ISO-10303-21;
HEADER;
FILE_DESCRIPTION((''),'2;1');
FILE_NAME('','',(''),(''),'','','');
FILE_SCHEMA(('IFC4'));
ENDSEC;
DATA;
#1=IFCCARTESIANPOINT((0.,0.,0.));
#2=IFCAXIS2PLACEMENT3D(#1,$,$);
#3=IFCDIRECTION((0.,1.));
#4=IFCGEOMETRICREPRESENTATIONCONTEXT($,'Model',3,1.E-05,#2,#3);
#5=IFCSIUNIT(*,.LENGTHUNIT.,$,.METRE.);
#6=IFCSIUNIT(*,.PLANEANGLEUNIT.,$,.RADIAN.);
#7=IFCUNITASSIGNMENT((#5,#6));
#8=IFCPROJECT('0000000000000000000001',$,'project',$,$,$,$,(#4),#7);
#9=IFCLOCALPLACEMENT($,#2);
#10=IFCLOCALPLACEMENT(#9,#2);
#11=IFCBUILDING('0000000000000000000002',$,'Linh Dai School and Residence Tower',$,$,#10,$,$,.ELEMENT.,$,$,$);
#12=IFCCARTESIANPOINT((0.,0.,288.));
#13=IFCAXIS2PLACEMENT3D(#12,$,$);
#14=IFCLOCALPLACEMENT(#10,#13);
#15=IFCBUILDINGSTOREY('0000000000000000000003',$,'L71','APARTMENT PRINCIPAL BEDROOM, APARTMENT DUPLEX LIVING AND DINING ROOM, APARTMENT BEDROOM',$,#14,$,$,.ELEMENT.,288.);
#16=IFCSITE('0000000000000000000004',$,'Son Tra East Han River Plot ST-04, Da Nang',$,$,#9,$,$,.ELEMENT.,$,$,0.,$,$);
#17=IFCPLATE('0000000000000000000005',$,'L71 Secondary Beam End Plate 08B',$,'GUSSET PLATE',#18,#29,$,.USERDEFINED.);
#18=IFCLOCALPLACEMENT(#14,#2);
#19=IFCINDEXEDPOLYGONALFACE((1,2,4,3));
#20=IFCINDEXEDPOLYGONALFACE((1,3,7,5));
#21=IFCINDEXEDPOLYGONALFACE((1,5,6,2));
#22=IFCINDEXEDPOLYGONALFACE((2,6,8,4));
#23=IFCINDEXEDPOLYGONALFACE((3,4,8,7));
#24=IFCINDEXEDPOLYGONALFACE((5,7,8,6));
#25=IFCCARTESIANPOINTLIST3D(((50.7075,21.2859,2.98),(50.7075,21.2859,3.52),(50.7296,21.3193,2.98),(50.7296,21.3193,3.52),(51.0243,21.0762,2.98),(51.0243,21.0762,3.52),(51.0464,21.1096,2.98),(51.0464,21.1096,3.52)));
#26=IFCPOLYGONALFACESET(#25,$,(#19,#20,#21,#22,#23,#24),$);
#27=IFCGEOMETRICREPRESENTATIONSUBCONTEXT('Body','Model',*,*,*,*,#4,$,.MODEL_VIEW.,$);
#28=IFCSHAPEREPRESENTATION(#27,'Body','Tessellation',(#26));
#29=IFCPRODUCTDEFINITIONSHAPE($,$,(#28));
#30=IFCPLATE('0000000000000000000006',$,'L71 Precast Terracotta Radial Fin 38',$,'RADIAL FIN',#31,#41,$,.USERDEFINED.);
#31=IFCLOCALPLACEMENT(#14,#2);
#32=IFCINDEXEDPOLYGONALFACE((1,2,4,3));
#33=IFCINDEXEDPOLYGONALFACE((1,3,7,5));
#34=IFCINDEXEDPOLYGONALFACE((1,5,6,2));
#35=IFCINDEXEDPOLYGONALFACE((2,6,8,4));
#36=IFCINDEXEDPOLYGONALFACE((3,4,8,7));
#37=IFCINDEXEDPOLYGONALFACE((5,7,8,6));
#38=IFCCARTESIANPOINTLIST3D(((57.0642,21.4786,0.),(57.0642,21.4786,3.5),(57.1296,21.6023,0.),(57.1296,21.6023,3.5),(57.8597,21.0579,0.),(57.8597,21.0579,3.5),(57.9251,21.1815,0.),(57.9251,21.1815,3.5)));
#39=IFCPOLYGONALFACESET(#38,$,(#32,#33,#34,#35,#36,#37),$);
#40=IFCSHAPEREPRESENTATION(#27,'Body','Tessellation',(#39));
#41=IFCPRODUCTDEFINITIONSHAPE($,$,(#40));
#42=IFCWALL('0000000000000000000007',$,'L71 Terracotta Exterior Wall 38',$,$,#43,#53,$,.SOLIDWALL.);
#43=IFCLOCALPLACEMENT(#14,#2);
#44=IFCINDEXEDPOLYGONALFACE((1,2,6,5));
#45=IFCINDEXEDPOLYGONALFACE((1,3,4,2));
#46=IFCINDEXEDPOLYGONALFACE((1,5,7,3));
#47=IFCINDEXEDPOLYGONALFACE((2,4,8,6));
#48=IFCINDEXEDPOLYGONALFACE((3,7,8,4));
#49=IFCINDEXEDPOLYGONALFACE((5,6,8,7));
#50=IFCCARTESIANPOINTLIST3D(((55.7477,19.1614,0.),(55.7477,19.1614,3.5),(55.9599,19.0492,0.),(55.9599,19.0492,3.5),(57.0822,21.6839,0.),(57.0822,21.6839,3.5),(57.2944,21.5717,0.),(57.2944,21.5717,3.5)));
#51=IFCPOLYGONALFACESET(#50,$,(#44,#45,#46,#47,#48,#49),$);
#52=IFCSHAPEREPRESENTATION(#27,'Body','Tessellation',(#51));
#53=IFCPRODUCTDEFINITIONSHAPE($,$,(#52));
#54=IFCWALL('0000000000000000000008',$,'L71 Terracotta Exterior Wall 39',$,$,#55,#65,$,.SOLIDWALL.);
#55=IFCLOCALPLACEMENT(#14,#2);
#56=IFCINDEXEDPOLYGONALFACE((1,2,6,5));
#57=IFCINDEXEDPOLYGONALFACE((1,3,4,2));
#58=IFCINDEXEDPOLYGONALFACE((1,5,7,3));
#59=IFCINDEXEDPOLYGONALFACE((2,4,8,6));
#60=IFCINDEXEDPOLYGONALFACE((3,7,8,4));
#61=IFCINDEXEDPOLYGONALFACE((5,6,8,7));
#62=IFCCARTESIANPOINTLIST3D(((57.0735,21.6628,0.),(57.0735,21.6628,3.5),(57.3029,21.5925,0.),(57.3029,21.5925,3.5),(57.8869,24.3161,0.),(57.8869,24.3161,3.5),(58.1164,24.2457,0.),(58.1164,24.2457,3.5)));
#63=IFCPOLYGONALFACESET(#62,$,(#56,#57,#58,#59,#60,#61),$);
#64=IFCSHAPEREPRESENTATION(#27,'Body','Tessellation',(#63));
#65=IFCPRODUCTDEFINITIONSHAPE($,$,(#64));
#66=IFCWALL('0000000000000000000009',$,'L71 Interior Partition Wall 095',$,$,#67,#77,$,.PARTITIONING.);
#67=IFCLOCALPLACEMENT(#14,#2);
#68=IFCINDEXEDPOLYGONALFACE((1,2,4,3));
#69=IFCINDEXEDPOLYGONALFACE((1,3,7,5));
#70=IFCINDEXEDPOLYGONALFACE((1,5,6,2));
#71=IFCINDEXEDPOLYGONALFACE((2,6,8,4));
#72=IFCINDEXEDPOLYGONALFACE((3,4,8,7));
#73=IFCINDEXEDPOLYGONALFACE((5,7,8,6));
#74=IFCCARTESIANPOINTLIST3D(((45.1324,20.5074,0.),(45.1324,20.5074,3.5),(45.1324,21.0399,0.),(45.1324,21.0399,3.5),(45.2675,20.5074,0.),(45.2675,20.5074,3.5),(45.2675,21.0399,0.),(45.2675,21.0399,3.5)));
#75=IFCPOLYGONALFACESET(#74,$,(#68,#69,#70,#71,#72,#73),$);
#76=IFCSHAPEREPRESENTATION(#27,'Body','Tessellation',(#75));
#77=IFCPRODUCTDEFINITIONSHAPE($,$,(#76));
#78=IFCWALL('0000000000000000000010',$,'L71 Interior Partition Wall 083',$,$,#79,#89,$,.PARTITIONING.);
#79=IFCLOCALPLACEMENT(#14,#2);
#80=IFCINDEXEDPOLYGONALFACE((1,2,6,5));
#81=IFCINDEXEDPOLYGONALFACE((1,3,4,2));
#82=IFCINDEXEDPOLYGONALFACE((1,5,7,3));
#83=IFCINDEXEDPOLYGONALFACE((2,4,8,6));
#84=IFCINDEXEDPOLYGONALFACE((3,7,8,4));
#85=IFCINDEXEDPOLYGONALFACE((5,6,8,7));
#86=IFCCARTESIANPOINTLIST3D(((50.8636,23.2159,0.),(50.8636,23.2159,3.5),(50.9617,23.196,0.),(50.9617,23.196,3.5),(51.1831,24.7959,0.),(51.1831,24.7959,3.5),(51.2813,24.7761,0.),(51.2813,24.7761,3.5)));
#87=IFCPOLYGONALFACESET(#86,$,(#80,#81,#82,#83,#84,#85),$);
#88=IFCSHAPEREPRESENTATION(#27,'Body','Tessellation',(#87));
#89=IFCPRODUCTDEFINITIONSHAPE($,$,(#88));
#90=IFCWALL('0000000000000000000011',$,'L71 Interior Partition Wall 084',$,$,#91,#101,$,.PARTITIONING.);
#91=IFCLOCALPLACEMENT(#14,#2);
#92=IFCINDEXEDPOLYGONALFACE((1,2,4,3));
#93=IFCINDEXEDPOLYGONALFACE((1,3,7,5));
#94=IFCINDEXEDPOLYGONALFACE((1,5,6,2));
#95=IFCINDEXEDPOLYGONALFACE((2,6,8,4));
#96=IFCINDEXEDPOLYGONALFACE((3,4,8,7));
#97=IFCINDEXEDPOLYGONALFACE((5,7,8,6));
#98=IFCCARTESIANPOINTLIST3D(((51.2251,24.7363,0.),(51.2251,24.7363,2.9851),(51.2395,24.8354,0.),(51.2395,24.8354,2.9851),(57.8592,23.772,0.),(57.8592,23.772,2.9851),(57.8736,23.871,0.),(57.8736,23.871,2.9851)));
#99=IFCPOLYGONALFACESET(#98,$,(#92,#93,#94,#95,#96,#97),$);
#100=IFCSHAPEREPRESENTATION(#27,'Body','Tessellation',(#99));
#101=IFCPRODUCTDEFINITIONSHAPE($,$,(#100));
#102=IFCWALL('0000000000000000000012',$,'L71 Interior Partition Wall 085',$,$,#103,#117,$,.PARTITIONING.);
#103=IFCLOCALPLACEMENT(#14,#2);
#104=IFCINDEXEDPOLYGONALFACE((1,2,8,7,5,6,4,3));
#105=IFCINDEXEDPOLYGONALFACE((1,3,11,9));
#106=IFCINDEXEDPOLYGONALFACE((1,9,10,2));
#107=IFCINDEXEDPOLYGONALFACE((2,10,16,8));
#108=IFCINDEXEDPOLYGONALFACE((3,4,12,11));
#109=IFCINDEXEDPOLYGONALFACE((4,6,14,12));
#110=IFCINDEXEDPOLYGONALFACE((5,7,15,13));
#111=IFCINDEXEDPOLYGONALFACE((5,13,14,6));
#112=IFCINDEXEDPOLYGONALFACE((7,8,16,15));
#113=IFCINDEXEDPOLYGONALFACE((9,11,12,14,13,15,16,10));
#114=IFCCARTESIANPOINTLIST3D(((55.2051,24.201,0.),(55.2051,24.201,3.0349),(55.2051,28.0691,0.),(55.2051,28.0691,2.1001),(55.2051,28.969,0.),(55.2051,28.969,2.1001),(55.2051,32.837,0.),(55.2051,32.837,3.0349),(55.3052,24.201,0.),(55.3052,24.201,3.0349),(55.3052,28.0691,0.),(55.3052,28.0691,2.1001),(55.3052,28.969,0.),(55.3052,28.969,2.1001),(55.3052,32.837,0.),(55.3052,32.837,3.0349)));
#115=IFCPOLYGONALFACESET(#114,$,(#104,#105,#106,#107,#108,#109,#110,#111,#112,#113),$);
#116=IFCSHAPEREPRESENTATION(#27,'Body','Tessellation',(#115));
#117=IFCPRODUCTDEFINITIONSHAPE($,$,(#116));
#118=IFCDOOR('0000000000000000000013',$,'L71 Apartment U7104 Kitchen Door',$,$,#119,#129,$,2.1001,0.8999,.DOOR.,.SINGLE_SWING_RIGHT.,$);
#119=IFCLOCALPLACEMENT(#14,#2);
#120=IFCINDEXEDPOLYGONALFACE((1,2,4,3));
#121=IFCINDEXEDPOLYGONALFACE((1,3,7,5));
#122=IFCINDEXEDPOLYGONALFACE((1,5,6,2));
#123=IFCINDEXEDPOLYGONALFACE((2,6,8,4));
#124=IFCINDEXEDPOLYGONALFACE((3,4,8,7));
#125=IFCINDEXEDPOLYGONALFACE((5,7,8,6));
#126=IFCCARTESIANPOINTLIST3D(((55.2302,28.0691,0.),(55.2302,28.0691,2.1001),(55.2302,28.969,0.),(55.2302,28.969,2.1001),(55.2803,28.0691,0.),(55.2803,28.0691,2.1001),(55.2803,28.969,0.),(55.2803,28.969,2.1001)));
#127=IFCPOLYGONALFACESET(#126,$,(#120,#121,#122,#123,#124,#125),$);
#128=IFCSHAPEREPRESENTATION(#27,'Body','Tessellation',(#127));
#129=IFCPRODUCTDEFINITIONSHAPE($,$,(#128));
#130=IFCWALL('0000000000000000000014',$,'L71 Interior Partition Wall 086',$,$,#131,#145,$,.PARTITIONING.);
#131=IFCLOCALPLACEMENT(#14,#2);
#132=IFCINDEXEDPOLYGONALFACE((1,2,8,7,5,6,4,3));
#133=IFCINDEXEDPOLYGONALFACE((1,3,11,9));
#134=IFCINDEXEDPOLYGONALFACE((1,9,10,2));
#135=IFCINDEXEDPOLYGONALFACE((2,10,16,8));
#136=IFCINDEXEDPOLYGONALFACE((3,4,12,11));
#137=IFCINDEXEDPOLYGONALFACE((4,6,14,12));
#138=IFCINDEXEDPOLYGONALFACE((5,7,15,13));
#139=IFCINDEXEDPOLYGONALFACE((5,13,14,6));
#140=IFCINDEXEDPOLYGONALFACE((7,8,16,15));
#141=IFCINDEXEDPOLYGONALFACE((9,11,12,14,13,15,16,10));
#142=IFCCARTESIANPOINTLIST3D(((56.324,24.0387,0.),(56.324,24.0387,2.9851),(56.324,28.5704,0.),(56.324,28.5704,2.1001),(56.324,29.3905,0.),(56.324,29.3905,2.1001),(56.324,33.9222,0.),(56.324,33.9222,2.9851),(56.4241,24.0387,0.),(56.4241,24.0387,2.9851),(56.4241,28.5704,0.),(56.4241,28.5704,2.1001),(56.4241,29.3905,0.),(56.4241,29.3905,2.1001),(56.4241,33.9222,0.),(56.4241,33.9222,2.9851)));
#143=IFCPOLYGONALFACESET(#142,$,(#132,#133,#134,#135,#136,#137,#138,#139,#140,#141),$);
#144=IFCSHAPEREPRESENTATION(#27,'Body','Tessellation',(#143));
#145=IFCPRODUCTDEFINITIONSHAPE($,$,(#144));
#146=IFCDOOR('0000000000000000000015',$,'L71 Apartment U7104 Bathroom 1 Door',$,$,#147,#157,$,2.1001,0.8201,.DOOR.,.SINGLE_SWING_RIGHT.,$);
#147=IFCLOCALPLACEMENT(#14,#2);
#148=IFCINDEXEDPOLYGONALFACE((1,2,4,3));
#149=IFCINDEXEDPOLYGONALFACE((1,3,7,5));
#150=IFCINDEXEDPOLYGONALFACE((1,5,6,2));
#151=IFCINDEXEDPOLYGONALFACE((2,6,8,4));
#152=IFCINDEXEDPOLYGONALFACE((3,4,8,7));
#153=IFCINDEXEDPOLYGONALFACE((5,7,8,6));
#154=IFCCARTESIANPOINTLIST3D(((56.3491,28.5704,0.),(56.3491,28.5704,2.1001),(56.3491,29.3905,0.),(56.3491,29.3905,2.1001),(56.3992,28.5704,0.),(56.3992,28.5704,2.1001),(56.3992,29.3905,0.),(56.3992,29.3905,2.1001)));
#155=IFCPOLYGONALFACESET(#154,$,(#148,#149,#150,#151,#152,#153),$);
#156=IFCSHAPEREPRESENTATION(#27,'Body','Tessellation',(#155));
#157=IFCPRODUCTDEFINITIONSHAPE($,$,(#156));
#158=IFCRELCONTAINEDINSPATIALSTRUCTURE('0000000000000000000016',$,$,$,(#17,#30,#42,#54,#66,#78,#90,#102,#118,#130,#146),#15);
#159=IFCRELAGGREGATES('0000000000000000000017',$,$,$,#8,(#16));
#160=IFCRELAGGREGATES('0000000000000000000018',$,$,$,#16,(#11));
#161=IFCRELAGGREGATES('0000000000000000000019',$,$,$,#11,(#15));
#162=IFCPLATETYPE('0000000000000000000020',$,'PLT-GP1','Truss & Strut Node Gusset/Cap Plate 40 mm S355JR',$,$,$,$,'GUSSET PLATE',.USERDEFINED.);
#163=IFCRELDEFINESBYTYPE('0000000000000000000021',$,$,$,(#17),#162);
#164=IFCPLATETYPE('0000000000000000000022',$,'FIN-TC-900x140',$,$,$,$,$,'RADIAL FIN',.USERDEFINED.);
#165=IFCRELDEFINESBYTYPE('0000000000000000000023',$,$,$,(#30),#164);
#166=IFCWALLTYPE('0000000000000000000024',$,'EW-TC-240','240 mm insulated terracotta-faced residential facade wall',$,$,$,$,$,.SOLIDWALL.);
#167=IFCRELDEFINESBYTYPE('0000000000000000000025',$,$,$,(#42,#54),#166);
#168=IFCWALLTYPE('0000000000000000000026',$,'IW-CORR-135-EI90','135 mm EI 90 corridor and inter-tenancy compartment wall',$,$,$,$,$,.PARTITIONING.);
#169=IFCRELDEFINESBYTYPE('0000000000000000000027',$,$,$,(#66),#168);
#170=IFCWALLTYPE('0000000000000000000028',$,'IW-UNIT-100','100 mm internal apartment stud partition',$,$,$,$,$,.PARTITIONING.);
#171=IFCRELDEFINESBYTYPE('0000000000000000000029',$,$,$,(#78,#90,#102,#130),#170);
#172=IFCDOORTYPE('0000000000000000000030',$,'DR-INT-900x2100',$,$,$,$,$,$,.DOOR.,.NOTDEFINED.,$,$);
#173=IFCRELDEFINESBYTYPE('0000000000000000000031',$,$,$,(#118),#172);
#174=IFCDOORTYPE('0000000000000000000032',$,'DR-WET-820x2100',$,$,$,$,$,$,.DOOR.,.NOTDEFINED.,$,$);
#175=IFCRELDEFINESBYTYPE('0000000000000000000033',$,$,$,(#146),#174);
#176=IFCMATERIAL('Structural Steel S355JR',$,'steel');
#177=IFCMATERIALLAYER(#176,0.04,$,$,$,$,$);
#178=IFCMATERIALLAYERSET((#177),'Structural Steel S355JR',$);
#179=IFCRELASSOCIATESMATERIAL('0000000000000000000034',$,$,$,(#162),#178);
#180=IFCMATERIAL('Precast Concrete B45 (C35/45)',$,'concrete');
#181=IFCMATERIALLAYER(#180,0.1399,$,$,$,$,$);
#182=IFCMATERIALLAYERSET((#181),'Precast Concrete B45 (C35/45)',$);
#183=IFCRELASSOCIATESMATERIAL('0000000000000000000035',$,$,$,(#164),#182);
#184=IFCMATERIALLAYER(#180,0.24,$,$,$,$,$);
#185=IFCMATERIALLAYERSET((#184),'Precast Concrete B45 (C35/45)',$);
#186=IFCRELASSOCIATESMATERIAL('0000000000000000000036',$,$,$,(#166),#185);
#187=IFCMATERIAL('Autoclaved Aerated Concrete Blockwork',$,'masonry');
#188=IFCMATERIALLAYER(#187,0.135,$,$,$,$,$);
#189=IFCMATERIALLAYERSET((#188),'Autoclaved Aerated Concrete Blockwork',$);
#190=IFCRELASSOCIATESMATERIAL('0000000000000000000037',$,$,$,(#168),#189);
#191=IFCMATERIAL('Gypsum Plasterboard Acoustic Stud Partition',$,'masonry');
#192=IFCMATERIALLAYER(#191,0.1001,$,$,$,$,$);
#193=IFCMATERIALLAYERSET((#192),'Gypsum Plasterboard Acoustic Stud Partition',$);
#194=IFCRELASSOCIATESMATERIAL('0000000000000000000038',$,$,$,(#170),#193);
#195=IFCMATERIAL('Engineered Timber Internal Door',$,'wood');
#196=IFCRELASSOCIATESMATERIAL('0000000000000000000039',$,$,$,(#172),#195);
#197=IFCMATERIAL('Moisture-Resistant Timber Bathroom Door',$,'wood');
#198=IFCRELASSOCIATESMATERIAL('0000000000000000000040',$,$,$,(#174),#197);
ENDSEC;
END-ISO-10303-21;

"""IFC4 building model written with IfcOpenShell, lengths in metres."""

from ifc_helpers import new_model, si_unit, direction, frame, frame_2d, origin, origin_2d, place, context, subcontext, project, spatial, rectangle, extrude, source, transform, mapped, material, layer, layer_set, type_object, element, fill, save


model = new_model("IFC4")

# Units and contexts
model_context = context("Model", 3, precision=1e-05, world=origin(), true_north=direction((0.0, 1.0)))
body_context = subcontext(model_context, "Body", "Model", "MODEL_VIEW")
ifc_project = project(units=[si_unit("LENGTHUNIT", "METRE"), si_unit("PLANEANGLEUNIT", "RADIAN")], contexts=[model_context])

# Site, building, storey
site_placement = place(None, origin())
site = spatial("IfcSite", under=ifc_project, at=site_placement, Name="Son Tra East Han River Plot ST-04, Da Nang", CompositionType="ELEMENT", RefElevation=0.0)
building_placement = place(site_placement, origin())
building = spatial("IfcBuilding", under=site, at=building_placement, Name="Linh Dai School and Residence Tower", CompositionType="ELEMENT")
storey_placement = place(building_placement, frame((0.0, 0.0, 288.0)))
storey = spatial("IfcBuildingStorey", under=building, at=storey_placement, Name="L71", Description="APARTMENT PRINCIPAL BEDROOM, APARTMENT DUPLEX LIVING AND DINING ROOM, APARTMENT BEDROOM", CompositionType="ELEMENT", Elevation=288.0)

# Shared definitions
ifc_material_1 = material(Name="Structural Steel S355JR", Category="steel")

# Plates
ifc_layer_1 = layer(ifc_material_1, 0.04)
ifc_layer_set_1 = layer_set([ifc_layer_1], Name="Structural Steel S355JR")
plate_type_1 = type_object("IfcPlateType", Name="PLT-GP1", Description="Truss & Strut Node Gusset/Cap Plate 40 mm S355JR", ElementType="GUSSET PLATE", PredefinedType="USERDEFINED", material=ifc_layer_set_1)
shared_shape_1 = source(origin(), body_context, "Body", "SweptSolid", [
    extrude(rectangle(XDim=0.04, YDim=0.3799, at=origin_2d()), origin(), (0.0, 0.0, 1.0), 0.54),
])
plate_1_placement = place(storey_placement, frame((50.877, 21.1978, 2.98), z_axis=(0.0, 0.0, 1.0), x_axis=(0.552122, 0.833763, 0.0)))
element("IfcPlate", 1, at=plate_1_placement, inside=storey, type_object=plate_type_1, Name="L71 Secondary Beam End Plate 08B", ObjectType="GUSSET PLATE", PredefinedType="USERDEFINED", context=body_context, shape_type="MappedRepresentation", body=[
    mapped(shared_shape_1, transform((0.0, 0.0, 0.0), x_axis=(1.0, 0.0, 0.0), y_axis=(0.0, 1.0, 0.0), z_axis=(0.0, 0.0, 1.0), scale=1.0)),
])
ifc_material_2 = material(Name="Precast Concrete B45 (C35/45)", Category="concrete")
ifc_layer_2 = layer(ifc_material_2, 0.1399)
ifc_layer_set_2 = layer_set([ifc_layer_2], Name="Precast Concrete B45 (C35/45)")
plate_type_2 = type_object("IfcPlateType", Name="FIN-TC-900x140", ElementType="RADIAL FIN", PredefinedType="USERDEFINED", material=ifc_layer_set_2)
shared_shape_2 = source(origin(), body_context, "Body", "SweptSolid", [
    extrude(rectangle(XDim=0.8999, YDim=0.1399, at=origin_2d()), origin(), (0.0, 0.0, 1.0), 3.5),
])
plate_2_placement = place(storey_placement, frame((57.4946, 21.3301, 0.0), z_axis=(0.0, 0.0, 1.0), x_axis=(0.883938, -0.467604, 0.0)))
element("IfcPlate", 2, at=plate_2_placement, inside=storey, type_object=plate_type_2, Name="L71 Precast Terracotta Radial Fin 38", ObjectType="RADIAL FIN", PredefinedType="USERDEFINED", context=body_context, shape_type="MappedRepresentation", body=[
    mapped(shared_shape_2, transform((0.0, 0.0, 0.0), x_axis=(1.0, 0.0, 0.0), y_axis=(0.0, 1.0, 0.0), z_axis=(0.0, 0.0, 1.0), scale=1.0)),
])

# Walls
ifc_layer_3 = layer(ifc_material_2, 0.24)
ifc_layer_set_3 = layer_set([ifc_layer_3], Name="Precast Concrete B45 (C35/45)")
wall_type_1 = type_object("IfcWallType", Name="EW-TC-240", Description="240 mm insulated terracotta-faced residential facade wall", PredefinedType="SOLIDWALL", material=ifc_layer_set_3)
wall_1_placement = place(storey_placement, frame((57.1882, 21.6277, 0.0), z_axis=(0.0, 0.0, 1.0), x_axis=(-0.467628, -0.883925, 0.0)))
element("IfcWall", 3, at=wall_1_placement, inside=storey, type_object=wall_type_1, Name="L71 Terracotta Exterior Wall 38", PredefinedType="SOLIDWALL", context=body_context, shape_type="SweptSolid", body=[
    extrude(rectangle(XDim=2.8538, YDim=0.24, at=frame_2d((1.4268, 0.0))), origin(), (0.0, 0.0, 1.0), 3.5),
])
wall_2_placement = place(storey_placement, frame((58.0017, 24.281, 0.0), z_axis=(0.0, 0.0, 1.0), x_axis=(-0.293121, -0.956075, 0.0)))
element("IfcWall", 4, at=wall_2_placement, inside=storey, type_object=wall_type_1, Name="L71 Terracotta Exterior Wall 39", PredefinedType="SOLIDWALL", context=body_context, shape_type="SweptSolid", body=[
    extrude(rectangle(XDim=2.7751, YDim=0.24, at=frame_2d((1.3877, 0.0))), origin(), (0.0, 0.0, 1.0), 3.5),
])
ifc_material_3 = material(Name="Autoclaved Aerated Concrete Blockwork", Category="masonry")
ifc_layer_4 = layer(ifc_material_3, 0.135)
ifc_layer_set_4 = layer_set([ifc_layer_4], Name="Autoclaved Aerated Concrete Blockwork")
wall_type_2 = type_object("IfcWallType", Name="IW-CORR-135-EI90", Description="135 mm EI 90 corridor and inter-tenancy compartment wall", PredefinedType="PARTITIONING", material=ifc_layer_set_4)
wall_3_placement = place(storey_placement, frame((45.2, 20.5076, 0.0), z_axis=(0.0, 0.0, 1.0), x_axis=(0.0, 1.0, 0.0)))
element("IfcWall", 5, at=wall_3_placement, inside=storey, type_object=wall_type_2, Name="L71 Interior Partition Wall 095", PredefinedType="PARTITIONING", context=body_context, shape_type="SweptSolid", body=[
    extrude(rectangle(XDim=0.5325, YDim=0.135, at=frame_2d((0.2661, 0.0))), origin(), (0.0, 0.0, 1.0), 3.5),
])
ifc_material_4 = material(Name="Gypsum Plasterboard Acoustic Stud Partition", Category="masonry")
ifc_layer_5 = layer(ifc_material_4, 0.1001)
ifc_layer_set_5 = layer_set([ifc_layer_5], Name="Gypsum Plasterboard Acoustic Stud Partition")
wall_type_3 = type_object("IfcWallType", Name="IW-UNIT-100", Description="100 mm internal apartment stud partition", PredefinedType="PARTITIONING", material=ifc_layer_set_5)
wall_4_placement = place(storey_placement, frame((50.9126, 23.2058, 0.0), z_axis=(0.0, 0.0, 1.0), x_axis=(0.198242, 0.980153, 0.0)))
element("IfcWall", 6, at=wall_4_placement, inside=storey, type_object=wall_type_3, Name="L71 Interior Partition Wall 083", PredefinedType="PARTITIONING", context=body_context, shape_type="SweptSolid", body=[
    extrude(rectangle(XDim=1.6121, YDim=0.1001, at=frame_2d((0.8062, 0.0))), origin(), (0.0, 0.0, 1.0), 3.5),
])
wall_5_placement = place(storey_placement, frame((51.2322, 24.7859, 0.0), z_axis=(0.0, 0.0, 1.0), x_axis=(0.989599, -0.143853, 0.0)))
element("IfcWall", 7, at=wall_5_placement, inside=storey, type_object=wall_type_3, Name="L71 Interior Partition Wall 084", PredefinedType="PARTITIONING", context=body_context, shape_type="SweptSolid", body=[
    extrude(rectangle(XDim=6.7039, YDim=0.1001, at=frame_2d((3.3521, 0.0))), origin(), (0.0, 0.0, 1.0), 2.9851),
])

# Walls, openings, doors
wall_6_placement = place(storey_placement, frame((55.2551, 24.2012, 0.0), z_axis=(0.0, 0.0, 1.0), x_axis=(0.0, 1.0, 0.0)))
wall_6 = element("IfcWall", 8, at=wall_6_placement, inside=storey, type_object=wall_type_3, Name="L71 Interior Partition Wall 085", PredefinedType="PARTITIONING", context=body_context, shape_type="SweptSolid", body=[
    extrude(rectangle(XDim=8.636, YDim=0.1001, at=frame_2d((4.3179, 0.0))), origin(), (0.0, 0.0, 1.0), 3.0349),
])
opening_1_placement = place(wall_6_placement, frame((3.8679, 0.0, 0.0)))
opening_1 = element("IfcOpeningElement", 9, at=opening_1_placement, cuts=wall_6, PredefinedType="OPENING", context=body_context, shape_type="SweptSolid", body=[
    extrude(rectangle(XDim=0.8999, YDim=2.1001, at=origin_2d()), frame((0.45, 0.0601, 1.05), z_axis=(0.0, -1.0, 0.0), x_axis=(1.0, 0.0, 0.0)), (0.0, 0.0, 1.0), 0.1201),
])
ifc_material_5 = material(Name="Engineered Timber Internal Door", Category="wood")
door_type_1 = type_object("IfcDoorType", Name="DR-INT-900x2100", OperationType="NOTDEFINED", PredefinedType="DOOR", material=ifc_material_5)
shared_shape_3 = source(origin(), body_context, "Body", "SweptSolid", [
    extrude(rectangle(XDim=0.8999, YDim=2.1001, at=origin_2d()), frame((0.45, 0.0249, 1.05), z_axis=(0.0, -1.0, 0.0), x_axis=(1.0, 0.0, 0.0)), (0.0, 0.0, 1.0), 0.05),
])
door_1_placement = place(opening_1_placement, origin())
door_1 = element("IfcDoor", 10, at=door_1_placement, inside=storey, type_object=door_type_1, Name="L71 Apartment U7104 Kitchen Door", OperationType="SINGLE_SWING_RIGHT", OverallHeight=2.1001, OverallWidth=0.8999, PredefinedType="DOOR", context=body_context, shape_type="MappedRepresentation", body=[
    mapped(shared_shape_3, transform((0.0, 0.0, 0.0), x_axis=(1.0, 0.0, 0.0), y_axis=(0.0, 1.0, 0.0), z_axis=(0.0, 0.0, 1.0), scale=1.0)),
])
fill(opening_1, door_1)
wall_7_placement = place(storey_placement, frame((56.374, 24.0386, 0.0), z_axis=(0.0, 0.0, 1.0), x_axis=(0.0, 1.0, 0.0)))
wall_7 = element("IfcWall", 11, at=wall_7_placement, inside=storey, type_object=wall_type_3, Name="L71 Interior Partition Wall 086", PredefinedType="PARTITIONING", context=body_context, shape_type="SweptSolid", body=[
    extrude(rectangle(XDim=9.8835, YDim=0.1001, at=frame_2d((4.9419, 0.0))), origin(), (0.0, 0.0, 1.0), 2.9851),
])
opening_2_placement = place(wall_7_placement, frame((4.5317, 0.0, 0.0)))
opening_2 = element("IfcOpeningElement", 12, at=opening_2_placement, cuts=wall_7, PredefinedType="OPENING", context=body_context, shape_type="SweptSolid", body=[
    extrude(rectangle(XDim=0.8201, YDim=2.1001, at=origin_2d()), frame((0.4102, 0.0601, 1.05), z_axis=(0.0, -1.0, 0.0), x_axis=(1.0, 0.0, 0.0)), (0.0, 0.0, 1.0), 0.1201),
])
ifc_material_6 = material(Name="Moisture-Resistant Timber Bathroom Door", Category="wood")
door_type_2 = type_object("IfcDoorType", Name="DR-WET-820x2100", OperationType="NOTDEFINED", PredefinedType="DOOR", material=ifc_material_6)
shared_shape_4 = source(origin(), body_context, "Body", "SweptSolid", [
    extrude(rectangle(XDim=0.8201, YDim=2.1001, at=origin_2d()), frame((0.4102, 0.0249, 1.05), z_axis=(0.0, -1.0, 0.0), x_axis=(1.0, 0.0, 0.0)), (0.0, 0.0, 1.0), 0.05),
])
door_2_placement = place(opening_2_placement, origin())
door_2 = element("IfcDoor", 13, at=door_2_placement, inside=storey, type_object=door_type_2, Name="L71 Apartment U7104 Bathroom 1 Door", OperationType="SINGLE_SWING_RIGHT", OverallHeight=2.1001, OverallWidth=0.8201, PredefinedType="DOOR", context=body_context, shape_type="MappedRepresentation", body=[
    mapped(shared_shape_4, transform((0.0, 0.0, 0.0), x_axis=(1.0, 0.0, 0.0), y_axis=(0.0, 1.0, 0.0), z_axis=(0.0, 0.0, 1.0), scale=1.0)),
])
fill(opening_2, door_2)

save(model, "model.ifc")
